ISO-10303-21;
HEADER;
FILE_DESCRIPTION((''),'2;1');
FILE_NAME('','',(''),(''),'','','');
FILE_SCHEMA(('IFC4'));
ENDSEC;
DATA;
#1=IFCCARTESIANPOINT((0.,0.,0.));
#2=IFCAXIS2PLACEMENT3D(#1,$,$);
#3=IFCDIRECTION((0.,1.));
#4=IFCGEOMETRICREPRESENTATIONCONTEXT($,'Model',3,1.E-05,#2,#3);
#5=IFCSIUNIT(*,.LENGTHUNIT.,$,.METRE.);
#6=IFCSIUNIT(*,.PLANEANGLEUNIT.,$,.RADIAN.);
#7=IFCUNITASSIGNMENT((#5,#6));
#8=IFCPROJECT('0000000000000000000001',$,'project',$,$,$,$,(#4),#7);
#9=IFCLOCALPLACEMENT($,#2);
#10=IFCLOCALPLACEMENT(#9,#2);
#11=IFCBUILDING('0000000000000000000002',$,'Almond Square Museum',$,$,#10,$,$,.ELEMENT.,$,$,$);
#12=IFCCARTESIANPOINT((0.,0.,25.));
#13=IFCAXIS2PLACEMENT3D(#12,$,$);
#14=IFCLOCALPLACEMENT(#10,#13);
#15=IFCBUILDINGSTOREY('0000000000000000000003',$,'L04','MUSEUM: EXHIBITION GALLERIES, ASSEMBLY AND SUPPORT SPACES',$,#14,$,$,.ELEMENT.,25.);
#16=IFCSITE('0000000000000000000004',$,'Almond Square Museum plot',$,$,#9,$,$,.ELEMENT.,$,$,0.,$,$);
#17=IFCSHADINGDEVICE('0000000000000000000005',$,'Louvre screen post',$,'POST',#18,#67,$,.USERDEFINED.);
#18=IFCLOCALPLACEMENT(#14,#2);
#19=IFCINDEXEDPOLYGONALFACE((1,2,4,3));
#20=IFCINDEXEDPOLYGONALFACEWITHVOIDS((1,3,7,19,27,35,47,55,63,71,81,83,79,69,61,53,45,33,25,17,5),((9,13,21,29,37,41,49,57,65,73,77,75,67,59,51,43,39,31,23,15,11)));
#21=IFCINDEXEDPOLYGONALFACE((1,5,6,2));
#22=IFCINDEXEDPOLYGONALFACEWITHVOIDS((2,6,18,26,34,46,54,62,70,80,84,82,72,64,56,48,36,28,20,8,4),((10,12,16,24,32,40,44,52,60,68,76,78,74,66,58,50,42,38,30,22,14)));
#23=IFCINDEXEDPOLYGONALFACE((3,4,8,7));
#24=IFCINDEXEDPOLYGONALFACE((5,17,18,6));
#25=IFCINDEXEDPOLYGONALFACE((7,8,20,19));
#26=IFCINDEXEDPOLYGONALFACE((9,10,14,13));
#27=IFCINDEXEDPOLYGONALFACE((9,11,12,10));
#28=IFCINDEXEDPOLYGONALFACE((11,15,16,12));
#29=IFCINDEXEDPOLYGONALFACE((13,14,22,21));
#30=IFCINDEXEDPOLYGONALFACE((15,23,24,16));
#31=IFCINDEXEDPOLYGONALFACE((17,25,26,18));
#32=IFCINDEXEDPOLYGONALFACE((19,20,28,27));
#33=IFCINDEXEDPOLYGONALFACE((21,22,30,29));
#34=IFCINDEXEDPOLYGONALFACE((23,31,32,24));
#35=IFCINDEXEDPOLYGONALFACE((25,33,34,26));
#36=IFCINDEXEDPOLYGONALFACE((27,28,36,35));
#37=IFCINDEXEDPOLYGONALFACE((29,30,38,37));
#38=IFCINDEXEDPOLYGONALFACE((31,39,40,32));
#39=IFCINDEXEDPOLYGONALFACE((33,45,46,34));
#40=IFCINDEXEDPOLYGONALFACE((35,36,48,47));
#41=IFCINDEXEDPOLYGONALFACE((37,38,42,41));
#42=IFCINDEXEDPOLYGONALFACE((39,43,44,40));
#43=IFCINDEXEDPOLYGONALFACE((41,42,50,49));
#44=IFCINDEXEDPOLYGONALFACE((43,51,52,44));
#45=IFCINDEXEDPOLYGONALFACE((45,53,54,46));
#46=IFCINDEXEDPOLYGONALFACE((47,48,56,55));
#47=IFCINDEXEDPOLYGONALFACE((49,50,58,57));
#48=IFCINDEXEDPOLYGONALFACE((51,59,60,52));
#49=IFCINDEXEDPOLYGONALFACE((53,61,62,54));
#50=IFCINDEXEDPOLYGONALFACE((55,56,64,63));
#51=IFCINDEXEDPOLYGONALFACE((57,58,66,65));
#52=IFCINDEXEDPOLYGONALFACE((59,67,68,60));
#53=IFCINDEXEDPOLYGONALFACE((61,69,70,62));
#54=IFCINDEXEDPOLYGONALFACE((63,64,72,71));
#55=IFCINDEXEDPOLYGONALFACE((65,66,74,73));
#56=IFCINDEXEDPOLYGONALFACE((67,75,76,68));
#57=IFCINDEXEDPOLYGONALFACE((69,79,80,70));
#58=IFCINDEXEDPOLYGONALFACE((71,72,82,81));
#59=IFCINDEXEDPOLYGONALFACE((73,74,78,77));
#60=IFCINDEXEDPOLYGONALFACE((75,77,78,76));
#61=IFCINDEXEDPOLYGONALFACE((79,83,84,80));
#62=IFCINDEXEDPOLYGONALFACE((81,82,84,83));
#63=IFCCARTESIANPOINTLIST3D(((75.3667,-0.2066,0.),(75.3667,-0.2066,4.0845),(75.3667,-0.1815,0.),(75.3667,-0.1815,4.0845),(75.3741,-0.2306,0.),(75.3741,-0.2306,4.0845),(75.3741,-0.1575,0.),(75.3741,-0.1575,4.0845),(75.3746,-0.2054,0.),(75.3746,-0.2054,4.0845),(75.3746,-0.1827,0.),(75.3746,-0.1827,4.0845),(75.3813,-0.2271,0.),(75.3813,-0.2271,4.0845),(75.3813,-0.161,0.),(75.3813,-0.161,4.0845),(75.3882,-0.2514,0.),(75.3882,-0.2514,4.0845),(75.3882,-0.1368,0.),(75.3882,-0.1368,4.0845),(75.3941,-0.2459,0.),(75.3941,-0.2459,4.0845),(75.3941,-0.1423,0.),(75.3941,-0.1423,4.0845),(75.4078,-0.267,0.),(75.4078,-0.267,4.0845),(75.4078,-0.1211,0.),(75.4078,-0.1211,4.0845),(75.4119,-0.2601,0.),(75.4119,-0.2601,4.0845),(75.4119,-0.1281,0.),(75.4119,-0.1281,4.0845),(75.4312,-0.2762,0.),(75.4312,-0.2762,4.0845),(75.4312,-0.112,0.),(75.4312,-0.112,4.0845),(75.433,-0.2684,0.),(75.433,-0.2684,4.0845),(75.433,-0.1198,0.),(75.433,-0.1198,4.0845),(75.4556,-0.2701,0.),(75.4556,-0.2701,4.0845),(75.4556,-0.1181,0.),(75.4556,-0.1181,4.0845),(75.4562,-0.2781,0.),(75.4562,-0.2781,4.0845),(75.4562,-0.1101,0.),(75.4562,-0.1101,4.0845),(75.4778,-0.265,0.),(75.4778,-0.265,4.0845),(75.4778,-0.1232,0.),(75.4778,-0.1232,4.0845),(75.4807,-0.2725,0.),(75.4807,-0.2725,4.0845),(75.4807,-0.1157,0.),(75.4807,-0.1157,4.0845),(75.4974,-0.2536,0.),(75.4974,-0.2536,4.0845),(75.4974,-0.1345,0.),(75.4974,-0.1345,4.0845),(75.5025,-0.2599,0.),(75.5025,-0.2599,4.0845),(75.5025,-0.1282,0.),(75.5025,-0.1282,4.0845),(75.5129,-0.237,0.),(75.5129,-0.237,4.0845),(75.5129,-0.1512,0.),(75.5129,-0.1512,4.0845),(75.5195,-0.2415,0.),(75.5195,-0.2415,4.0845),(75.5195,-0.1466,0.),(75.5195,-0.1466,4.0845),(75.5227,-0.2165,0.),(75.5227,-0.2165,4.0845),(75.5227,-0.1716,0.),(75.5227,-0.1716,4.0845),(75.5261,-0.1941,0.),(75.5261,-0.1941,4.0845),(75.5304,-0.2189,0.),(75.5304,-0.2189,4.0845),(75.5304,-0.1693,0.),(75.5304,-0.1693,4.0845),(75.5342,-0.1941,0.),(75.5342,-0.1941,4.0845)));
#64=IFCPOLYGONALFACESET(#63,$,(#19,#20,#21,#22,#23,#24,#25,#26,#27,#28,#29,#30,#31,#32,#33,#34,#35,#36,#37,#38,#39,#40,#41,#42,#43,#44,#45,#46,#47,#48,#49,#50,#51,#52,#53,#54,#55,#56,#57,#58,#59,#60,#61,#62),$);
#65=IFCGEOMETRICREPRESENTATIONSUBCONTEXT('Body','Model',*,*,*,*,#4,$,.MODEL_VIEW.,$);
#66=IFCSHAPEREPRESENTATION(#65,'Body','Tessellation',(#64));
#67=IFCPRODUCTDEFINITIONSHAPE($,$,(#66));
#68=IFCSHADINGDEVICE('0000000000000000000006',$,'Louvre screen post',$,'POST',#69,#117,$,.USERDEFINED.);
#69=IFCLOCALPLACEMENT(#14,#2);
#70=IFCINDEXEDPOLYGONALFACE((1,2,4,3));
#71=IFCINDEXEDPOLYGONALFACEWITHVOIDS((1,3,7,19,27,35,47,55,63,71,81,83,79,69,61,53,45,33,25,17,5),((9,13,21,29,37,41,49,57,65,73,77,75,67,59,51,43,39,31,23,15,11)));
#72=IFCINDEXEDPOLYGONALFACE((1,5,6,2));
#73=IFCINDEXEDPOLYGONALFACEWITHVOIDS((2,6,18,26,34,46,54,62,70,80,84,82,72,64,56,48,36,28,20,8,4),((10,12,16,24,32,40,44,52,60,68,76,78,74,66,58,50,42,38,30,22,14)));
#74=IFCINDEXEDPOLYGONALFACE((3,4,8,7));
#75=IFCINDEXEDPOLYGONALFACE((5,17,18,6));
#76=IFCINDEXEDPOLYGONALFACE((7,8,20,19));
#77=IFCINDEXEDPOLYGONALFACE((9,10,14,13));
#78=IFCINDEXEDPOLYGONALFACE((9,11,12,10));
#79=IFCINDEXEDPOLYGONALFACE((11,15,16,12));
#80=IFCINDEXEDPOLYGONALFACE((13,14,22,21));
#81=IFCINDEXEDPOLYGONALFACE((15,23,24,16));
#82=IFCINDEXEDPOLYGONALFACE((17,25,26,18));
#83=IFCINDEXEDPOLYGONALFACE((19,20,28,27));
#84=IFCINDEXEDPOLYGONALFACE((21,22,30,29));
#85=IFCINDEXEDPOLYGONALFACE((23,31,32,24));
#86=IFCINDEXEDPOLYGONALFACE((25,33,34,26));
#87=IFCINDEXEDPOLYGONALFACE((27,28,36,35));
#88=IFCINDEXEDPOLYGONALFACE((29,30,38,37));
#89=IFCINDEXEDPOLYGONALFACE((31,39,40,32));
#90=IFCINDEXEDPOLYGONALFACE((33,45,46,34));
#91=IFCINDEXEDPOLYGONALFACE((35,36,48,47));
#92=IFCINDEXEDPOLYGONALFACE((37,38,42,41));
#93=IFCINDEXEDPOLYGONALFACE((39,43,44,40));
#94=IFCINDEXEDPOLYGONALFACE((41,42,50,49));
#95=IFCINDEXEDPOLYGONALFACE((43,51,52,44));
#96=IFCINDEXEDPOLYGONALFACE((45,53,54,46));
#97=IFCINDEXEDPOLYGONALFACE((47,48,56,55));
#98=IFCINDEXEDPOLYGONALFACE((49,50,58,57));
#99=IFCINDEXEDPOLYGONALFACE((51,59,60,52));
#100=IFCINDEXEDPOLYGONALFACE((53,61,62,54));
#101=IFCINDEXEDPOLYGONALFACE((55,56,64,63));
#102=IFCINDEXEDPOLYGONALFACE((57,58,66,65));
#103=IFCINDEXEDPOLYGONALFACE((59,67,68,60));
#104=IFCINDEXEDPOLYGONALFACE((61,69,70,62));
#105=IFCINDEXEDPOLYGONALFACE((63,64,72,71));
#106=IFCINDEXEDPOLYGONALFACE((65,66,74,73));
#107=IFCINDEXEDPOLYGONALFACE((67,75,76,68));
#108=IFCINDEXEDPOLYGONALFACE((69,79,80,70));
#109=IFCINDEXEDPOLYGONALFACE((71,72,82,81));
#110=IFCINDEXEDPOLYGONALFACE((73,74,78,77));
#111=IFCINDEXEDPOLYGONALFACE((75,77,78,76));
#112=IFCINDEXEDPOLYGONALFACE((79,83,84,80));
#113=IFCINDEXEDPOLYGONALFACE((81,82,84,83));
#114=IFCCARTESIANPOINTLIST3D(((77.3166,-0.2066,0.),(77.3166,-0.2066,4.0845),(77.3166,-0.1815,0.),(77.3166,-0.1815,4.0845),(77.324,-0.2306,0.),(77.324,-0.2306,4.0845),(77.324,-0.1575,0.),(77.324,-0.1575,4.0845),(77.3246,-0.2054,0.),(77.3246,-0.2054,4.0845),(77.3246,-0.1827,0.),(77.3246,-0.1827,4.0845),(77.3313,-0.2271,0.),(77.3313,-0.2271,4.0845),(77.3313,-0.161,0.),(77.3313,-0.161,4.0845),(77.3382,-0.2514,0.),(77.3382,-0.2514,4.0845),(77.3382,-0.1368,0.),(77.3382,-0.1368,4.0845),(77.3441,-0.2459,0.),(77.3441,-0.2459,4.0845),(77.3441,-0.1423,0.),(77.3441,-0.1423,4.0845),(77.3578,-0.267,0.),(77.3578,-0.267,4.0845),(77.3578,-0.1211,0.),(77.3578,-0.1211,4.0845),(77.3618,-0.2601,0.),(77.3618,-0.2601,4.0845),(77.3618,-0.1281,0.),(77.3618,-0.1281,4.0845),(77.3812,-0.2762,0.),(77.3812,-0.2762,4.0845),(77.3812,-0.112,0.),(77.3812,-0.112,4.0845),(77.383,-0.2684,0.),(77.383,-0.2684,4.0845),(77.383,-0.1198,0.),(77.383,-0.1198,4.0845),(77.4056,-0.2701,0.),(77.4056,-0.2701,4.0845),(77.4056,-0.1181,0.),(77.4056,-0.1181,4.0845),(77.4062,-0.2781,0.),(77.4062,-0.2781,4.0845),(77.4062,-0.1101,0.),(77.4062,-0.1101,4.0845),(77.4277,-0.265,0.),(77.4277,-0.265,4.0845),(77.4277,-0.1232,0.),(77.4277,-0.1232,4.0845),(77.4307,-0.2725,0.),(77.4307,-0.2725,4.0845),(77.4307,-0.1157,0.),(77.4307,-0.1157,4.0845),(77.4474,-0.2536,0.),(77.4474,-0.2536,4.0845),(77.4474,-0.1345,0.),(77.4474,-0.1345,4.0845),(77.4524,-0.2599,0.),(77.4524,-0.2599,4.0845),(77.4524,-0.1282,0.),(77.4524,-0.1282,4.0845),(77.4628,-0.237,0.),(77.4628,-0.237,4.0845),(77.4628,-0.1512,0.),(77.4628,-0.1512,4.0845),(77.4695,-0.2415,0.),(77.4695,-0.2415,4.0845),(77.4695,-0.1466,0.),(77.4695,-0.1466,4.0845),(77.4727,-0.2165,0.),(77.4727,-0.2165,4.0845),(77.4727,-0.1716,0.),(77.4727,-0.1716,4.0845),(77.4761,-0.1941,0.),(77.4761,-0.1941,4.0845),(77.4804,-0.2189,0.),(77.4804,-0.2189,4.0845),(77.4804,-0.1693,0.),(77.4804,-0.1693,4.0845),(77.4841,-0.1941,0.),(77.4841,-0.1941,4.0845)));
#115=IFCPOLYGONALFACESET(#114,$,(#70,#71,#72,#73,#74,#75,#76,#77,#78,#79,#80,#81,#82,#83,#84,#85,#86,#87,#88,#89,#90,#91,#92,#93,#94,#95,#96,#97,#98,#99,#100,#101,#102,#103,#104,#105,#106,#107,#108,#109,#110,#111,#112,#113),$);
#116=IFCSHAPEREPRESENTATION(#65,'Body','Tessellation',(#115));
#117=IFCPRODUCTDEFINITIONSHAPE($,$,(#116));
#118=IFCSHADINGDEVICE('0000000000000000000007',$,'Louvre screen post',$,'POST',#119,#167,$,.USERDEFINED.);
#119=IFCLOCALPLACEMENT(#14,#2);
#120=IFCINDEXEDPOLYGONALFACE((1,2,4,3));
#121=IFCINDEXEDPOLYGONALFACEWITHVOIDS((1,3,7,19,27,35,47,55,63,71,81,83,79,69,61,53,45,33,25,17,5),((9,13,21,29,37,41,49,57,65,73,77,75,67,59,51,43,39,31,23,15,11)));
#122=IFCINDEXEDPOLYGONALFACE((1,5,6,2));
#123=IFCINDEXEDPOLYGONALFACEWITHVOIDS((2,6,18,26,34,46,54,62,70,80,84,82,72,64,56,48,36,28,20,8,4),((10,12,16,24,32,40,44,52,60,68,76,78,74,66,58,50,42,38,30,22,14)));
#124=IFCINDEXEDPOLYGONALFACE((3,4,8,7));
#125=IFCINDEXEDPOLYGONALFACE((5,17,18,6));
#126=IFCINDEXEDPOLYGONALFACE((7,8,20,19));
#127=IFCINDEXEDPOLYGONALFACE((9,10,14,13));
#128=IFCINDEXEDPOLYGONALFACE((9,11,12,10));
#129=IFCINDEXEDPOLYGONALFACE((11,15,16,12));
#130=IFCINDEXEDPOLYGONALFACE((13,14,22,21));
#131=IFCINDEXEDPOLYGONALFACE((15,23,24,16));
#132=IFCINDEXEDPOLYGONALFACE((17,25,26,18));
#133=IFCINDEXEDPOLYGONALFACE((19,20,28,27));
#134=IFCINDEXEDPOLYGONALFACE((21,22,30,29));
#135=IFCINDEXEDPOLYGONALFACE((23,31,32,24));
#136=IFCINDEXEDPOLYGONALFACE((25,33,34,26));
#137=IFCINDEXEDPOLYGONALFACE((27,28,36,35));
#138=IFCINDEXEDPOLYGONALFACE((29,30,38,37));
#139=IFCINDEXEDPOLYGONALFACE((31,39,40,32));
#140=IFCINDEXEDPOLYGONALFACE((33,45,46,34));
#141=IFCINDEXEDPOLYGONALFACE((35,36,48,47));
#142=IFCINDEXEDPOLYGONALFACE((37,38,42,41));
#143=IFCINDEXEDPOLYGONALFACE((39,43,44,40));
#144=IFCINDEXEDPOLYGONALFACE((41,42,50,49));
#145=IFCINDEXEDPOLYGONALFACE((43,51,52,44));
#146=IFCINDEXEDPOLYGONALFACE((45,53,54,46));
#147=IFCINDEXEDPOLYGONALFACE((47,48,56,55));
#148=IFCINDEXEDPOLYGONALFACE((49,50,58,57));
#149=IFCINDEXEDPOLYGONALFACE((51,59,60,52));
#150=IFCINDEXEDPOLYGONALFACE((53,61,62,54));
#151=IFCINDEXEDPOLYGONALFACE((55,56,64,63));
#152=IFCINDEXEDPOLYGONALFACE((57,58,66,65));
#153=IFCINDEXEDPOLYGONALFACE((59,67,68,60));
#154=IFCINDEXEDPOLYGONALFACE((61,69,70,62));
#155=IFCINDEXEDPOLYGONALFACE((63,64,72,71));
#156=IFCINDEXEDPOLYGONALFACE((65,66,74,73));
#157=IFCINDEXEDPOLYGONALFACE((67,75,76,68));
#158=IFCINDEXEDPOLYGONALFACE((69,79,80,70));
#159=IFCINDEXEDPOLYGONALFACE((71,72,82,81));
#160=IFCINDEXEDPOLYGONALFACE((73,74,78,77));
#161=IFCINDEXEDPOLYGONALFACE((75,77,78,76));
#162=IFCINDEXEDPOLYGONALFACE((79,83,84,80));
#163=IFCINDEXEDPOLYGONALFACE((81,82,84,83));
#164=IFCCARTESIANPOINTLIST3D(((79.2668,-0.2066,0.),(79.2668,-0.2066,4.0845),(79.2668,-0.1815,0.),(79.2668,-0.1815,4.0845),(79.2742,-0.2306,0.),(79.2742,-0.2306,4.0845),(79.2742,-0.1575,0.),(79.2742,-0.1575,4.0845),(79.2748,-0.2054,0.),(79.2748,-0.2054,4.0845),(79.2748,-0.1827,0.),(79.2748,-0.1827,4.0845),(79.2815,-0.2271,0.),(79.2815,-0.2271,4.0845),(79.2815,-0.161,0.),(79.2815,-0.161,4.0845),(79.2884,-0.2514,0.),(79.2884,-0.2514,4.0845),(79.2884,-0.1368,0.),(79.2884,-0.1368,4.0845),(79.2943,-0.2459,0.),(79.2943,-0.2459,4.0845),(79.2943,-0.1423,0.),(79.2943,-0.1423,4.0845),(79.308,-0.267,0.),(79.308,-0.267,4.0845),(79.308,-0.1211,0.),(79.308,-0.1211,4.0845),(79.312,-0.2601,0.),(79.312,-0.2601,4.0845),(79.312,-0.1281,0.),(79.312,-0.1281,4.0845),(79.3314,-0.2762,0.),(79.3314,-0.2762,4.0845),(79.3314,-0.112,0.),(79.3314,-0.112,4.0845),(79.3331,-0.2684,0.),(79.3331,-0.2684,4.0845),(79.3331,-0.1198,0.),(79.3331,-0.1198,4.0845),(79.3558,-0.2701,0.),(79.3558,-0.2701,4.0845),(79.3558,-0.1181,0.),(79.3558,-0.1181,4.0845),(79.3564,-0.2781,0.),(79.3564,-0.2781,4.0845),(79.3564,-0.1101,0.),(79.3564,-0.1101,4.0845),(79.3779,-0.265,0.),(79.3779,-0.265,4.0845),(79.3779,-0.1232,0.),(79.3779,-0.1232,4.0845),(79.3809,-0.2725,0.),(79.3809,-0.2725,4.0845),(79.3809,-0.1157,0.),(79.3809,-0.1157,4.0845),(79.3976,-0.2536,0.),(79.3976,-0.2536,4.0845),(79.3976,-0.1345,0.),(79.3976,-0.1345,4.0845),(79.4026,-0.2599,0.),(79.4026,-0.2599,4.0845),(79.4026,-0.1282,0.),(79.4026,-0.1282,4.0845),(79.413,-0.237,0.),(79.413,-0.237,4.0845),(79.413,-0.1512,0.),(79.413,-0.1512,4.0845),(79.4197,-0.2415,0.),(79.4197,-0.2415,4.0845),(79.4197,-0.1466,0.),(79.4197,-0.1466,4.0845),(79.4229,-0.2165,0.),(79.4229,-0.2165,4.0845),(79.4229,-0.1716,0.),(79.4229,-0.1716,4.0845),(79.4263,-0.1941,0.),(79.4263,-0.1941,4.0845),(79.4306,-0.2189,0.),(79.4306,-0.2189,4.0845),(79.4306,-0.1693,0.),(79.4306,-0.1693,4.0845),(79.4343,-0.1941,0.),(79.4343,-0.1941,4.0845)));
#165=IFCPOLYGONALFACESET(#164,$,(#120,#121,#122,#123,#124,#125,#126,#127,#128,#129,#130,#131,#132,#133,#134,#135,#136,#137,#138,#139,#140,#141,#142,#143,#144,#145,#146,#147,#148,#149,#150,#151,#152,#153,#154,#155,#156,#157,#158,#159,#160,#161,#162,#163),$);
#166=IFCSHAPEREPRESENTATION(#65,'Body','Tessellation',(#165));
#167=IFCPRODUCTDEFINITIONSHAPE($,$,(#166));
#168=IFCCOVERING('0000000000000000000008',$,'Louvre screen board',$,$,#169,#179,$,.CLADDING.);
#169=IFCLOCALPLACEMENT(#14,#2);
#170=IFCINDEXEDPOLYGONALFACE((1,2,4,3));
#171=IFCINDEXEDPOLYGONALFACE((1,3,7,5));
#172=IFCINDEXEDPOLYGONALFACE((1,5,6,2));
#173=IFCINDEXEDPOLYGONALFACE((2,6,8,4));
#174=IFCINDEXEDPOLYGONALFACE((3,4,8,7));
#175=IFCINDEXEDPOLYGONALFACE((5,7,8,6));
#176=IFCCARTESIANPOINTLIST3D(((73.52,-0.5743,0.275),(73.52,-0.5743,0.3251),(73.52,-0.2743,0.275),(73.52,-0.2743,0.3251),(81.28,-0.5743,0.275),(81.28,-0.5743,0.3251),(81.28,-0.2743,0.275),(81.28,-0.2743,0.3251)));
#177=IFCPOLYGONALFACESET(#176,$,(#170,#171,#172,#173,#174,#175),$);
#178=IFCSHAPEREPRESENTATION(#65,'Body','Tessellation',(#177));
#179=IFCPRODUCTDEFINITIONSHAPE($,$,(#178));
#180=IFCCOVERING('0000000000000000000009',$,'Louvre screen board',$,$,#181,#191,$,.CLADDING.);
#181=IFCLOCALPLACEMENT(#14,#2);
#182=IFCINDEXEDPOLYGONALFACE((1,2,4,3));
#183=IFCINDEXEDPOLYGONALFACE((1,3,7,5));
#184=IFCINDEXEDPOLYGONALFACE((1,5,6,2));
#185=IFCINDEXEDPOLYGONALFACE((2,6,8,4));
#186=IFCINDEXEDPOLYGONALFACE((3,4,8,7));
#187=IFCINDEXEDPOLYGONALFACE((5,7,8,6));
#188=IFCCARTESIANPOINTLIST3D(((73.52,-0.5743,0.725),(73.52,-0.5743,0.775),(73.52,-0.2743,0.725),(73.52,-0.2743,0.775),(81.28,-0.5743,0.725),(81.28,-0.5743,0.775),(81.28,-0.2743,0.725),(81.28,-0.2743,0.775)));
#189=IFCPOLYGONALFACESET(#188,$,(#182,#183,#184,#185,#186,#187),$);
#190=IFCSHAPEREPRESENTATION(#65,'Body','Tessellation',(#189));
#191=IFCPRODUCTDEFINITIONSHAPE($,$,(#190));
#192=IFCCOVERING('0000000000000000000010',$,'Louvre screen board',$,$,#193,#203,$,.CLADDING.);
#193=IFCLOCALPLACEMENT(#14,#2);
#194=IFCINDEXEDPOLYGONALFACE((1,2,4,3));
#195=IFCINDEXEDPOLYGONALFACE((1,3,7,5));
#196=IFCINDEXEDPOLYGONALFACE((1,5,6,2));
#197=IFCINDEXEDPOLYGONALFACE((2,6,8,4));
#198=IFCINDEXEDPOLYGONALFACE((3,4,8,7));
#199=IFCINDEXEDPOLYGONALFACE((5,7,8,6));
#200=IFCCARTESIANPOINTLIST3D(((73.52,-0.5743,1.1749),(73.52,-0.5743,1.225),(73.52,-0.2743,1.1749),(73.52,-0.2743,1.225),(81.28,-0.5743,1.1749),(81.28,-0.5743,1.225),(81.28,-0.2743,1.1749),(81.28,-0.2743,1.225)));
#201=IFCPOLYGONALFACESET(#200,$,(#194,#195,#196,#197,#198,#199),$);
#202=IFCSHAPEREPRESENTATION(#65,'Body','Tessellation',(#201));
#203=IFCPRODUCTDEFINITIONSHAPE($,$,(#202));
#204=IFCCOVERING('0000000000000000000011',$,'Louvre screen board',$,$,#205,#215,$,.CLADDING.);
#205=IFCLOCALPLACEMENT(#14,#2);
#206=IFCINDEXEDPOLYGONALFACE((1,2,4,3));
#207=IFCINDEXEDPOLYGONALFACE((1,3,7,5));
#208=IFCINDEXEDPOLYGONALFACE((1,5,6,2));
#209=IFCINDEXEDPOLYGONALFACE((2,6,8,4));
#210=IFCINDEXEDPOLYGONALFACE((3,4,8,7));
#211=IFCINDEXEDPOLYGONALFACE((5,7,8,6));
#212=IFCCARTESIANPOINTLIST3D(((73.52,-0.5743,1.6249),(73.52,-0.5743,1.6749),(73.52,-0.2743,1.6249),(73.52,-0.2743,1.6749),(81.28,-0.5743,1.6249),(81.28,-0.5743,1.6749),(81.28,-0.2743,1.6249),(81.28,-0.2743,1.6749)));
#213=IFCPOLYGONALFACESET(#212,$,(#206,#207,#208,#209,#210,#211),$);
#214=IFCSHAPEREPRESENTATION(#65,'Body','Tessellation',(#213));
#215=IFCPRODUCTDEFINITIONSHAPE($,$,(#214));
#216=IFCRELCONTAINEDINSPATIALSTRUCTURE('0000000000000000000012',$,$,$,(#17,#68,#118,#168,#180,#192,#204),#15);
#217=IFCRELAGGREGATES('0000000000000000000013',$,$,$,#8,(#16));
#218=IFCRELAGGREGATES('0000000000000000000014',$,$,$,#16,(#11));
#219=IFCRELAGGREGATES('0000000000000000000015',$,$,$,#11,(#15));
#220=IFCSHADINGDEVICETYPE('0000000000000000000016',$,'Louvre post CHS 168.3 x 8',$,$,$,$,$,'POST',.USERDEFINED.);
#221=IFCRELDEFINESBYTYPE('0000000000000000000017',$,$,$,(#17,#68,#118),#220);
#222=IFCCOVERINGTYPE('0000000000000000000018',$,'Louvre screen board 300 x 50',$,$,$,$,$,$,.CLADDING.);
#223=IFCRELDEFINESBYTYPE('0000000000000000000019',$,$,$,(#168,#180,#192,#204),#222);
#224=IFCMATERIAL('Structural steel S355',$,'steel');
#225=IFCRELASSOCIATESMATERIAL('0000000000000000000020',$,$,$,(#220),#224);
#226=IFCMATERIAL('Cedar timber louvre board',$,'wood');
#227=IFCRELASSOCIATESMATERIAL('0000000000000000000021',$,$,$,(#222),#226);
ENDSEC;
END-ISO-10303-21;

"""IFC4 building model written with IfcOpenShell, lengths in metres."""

from ifc_helpers import new_model, si_unit, direction, frame, origin, origin_2d, place, context, subcontext, project, spatial, rectangle, hollow_circle, extrude, material, material_profile, profile_set, type_object, element, save


model = new_model("IFC4")

# Units and contexts
model_context = context("Model", 3, precision=1e-05, world=origin(), true_north=direction((0.0, 1.0)))
body_context = subcontext(model_context, "Body", "Model", "MODEL_VIEW")
ifc_project = project(units=[si_unit("LENGTHUNIT", "METRE"), si_unit("PLANEANGLEUNIT", "RADIAN")], contexts=[model_context])

# Site, building, storey
site_placement = place(None, origin())
site = spatial("IfcSite", under=ifc_project, at=site_placement, Name="Almond Square Museum plot", CompositionType="ELEMENT", RefElevation=0.0)
building_placement = place(site_placement, origin())
building = spatial("IfcBuilding", under=site, at=building_placement, Name="Almond Square Museum", CompositionType="ELEMENT")
storey_placement = place(building_placement, frame((0.0, 0.0, 25.0)))
storey = spatial("IfcBuildingStorey", under=building, at=storey_placement, Name="L04", Description="MUSEUM: EXHIBITION GALLERIES, ASSEMBLY AND SUPPORT SPACES", CompositionType="ELEMENT", Elevation=25.0)

# Shading devices
ifc_material_1 = material(Name="Structural steel S355", Category="steel")
ifc_material_profile_1 = material_profile(ifc_material_1, hollow_circle(Radius=0.0842, WallThickness=0.0081, at=origin_2d()))
ifc_profile_set_1 = profile_set([ifc_material_profile_1], Name="Structural steel S355")
shading_device_type = type_object("IfcShadingDeviceType", Name="Louvre post CHS 168.3 x 8", ElementType="POST", PredefinedType="USERDEFINED", material=ifc_profile_set_1)
for number, where, z_axis, x_axis, name in (
    (1, (75.45, -0.1941, 0.0), (0.0, 0.0, 1.0), (1.0, 0.0, 0.0), "Louvre screen post"),
    (2, (77.3999, -0.1941, 0.0), (0.0, 0.0, 1.0), (1.0, 0.0, 0.0), "Louvre screen post"),
    (3, (79.3501, -0.1941, 0.0), (0.0, 0.0, 1.0), (1.0, 0.0, 0.0), "Louvre screen post"),
):
    element("IfcShadingDevice", number, at=place(storey_placement, frame(where, z_axis=z_axis, x_axis=x_axis)), inside=storey, type_object=shading_device_type, Name=name, ObjectType="POST", PredefinedType="USERDEFINED", context=body_context, shape_type="SweptSolid", body=[
        extrude(hollow_circle(Radius=0.0842, WallThickness=0.0081, at=origin_2d()), origin(), (0.0, 0.0, 1.0), 4.0845),
    ])

# Coverings
ifc_material_2 = material(Name="Cedar timber louvre board", Category="wood")
ifc_material_profile_2 = material_profile(ifc_material_2, rectangle(XDim=0.3, YDim=0.05, at=origin_2d()))
ifc_profile_set_2 = profile_set([ifc_material_profile_2], Name="Cedar timber louvre board")
covering_type = type_object("IfcCoveringType", Name="Louvre screen board 300 x 50", PredefinedType="CLADDING", material=ifc_profile_set_2)
for number, where, z_axis, x_axis, name in (
    (4, (73.52, -0.4243, 0.3), (1.0, 0.0, 0.0), (0.0, 1.0, 0.0), "Louvre screen board"),
    (5, (73.52, -0.4243, 0.75), (1.0, 0.0, 0.0), (0.0, 1.0, 0.0), "Louvre screen board"),
    (6, (73.52, -0.4243, 1.2), (1.0, 0.0, 0.0), (0.0, 1.0, 0.0), "Louvre screen board"),
    (7, (73.52, -0.4243, 1.6499), (1.0, 0.0, 0.0), (0.0, 1.0, 0.0), "Louvre screen board"),
):
    element("IfcCovering", number, at=place(storey_placement, frame(where, z_axis=z_axis, x_axis=x_axis)), inside=storey, type_object=covering_type, Name=name, PredefinedType="CLADDING", context=body_context, shape_type="SweptSolid", body=[
        extrude(rectangle(XDim=0.3, YDim=0.05, at=origin_2d()), origin(), (0.0, 0.0, 1.0), 7.76),
    ])

save(model, "model.ifc")
